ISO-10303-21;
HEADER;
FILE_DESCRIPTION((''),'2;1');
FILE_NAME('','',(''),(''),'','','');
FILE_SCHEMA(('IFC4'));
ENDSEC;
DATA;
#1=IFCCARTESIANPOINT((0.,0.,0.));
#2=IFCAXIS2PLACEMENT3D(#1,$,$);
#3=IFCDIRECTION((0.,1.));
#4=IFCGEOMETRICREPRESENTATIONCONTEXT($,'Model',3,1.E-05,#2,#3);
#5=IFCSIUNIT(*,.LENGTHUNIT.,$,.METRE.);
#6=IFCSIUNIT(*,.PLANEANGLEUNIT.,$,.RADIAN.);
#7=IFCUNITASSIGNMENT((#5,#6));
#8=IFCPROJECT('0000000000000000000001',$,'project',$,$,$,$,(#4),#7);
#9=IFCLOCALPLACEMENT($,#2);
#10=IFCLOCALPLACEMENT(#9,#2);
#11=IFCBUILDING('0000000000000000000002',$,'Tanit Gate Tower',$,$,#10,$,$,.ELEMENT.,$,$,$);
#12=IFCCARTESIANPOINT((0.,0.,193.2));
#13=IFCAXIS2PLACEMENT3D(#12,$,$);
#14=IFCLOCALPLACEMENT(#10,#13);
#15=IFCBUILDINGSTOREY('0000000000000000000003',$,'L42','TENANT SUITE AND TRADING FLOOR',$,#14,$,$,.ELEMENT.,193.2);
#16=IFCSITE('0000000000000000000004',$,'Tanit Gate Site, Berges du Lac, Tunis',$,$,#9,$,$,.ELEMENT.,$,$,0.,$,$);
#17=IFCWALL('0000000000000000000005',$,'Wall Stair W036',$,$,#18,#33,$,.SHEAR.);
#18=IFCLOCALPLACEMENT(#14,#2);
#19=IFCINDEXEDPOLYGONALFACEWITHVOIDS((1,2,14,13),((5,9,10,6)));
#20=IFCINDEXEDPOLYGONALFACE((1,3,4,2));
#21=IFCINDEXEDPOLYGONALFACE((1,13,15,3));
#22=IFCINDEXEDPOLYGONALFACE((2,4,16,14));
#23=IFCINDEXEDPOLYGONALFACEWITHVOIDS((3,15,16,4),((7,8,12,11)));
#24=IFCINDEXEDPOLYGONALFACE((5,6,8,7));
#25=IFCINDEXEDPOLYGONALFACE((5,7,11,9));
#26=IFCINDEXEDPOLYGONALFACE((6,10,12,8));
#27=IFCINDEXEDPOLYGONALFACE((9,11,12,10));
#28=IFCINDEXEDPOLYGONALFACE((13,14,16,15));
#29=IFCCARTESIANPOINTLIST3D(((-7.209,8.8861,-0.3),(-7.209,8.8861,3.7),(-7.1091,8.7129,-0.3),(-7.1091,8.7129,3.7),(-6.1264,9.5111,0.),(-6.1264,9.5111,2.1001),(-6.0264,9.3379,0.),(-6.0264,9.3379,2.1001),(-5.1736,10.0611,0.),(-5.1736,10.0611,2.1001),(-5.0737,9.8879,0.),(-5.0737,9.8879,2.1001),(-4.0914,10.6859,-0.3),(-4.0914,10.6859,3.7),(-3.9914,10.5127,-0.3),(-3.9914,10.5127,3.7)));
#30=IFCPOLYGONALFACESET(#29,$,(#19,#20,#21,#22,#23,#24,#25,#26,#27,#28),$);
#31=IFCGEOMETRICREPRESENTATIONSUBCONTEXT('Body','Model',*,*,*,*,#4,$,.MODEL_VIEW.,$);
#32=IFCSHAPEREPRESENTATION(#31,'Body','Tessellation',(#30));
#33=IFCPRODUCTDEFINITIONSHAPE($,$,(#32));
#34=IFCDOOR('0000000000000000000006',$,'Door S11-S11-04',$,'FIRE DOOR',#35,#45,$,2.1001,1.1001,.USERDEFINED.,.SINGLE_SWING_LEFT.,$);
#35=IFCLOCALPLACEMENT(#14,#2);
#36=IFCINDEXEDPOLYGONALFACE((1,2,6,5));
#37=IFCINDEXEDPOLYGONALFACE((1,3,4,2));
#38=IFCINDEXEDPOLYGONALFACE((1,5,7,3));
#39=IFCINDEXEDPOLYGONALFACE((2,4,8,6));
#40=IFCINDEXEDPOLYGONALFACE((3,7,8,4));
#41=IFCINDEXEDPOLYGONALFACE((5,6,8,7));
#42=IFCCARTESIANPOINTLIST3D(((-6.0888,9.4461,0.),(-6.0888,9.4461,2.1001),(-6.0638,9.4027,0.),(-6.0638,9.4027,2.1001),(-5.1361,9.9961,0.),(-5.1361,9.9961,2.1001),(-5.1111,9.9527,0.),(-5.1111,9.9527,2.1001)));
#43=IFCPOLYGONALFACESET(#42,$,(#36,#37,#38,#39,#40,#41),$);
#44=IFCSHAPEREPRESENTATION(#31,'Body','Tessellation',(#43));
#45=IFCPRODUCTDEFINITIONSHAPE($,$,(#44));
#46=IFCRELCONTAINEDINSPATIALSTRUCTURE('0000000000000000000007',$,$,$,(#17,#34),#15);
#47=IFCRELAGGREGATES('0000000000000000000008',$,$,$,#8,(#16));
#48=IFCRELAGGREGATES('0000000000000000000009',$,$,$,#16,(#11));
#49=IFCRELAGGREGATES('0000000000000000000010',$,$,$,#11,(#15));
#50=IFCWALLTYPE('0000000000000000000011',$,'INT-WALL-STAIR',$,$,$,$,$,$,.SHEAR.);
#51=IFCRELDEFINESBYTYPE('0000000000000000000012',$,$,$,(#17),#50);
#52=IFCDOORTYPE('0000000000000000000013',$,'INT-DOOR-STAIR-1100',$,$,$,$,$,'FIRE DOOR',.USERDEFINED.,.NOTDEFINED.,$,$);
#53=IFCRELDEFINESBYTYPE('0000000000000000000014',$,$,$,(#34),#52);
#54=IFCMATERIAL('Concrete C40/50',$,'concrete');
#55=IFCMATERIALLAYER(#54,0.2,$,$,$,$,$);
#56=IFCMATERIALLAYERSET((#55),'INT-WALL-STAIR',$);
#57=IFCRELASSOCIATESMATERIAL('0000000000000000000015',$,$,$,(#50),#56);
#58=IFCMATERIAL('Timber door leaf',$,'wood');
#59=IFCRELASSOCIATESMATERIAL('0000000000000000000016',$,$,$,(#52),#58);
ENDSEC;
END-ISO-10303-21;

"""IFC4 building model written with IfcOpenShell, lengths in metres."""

from ifc_helpers import new_model, si_unit, direction, frame, frame_2d, origin, place, context, subcontext, project, spatial, rectangle, extrude, material, layer, layer_set, type_object, element, fill, save


model = new_model("IFC4")

# Units and contexts
model_context = context("Model", 3, precision=1e-05, world=origin(), true_north=direction((0.0, 1.0)))
body_context = subcontext(model_context, "Body", "Model", "MODEL_VIEW")
ifc_project = project(units=[si_unit("LENGTHUNIT", "METRE"), si_unit("PLANEANGLEUNIT", "RADIAN")], contexts=[model_context])

# Site, building, storey
site_placement = place(None, origin())
site = spatial("IfcSite", under=ifc_project, at=site_placement, Name="Tanit Gate Site, Berges du Lac, Tunis", CompositionType="ELEMENT", RefElevation=0.0)
building_placement = place(site_placement, origin())
building = spatial("IfcBuilding", under=site, at=building_placement, Name="Tanit Gate Tower", CompositionType="ELEMENT")
storey_placement = place(building_placement, frame((0.0, 0.0, 193.2)))
storey = spatial("IfcBuildingStorey", under=building, at=storey_placement, Name="L42", Description="TENANT SUITE AND TRADING FLOOR", CompositionType="ELEMENT", Elevation=193.2)

# Wall, opening, door
ifc_material_1 = material(Name="Concrete C40/50", Category="concrete")
ifc_layer_1 = layer(ifc_material_1, 0.2)
ifc_layer_set_1 = layer_set([ifc_layer_1], Name="INT-WALL-STAIR")
wall_type_1 = type_object("IfcWallType", Name="INT-WALL-STAIR", PredefinedType="SHEAR", material=ifc_layer_set_1)
wall_1_placement = place(storey_placement, frame((-7.1589, 8.7996, -0.3), z_axis=(0.0, 0.0, 1.0), x_axis=(0.866048, 0.499961, 0.0)))
wall_1 = element("IfcWall", 1, at=wall_1_placement, inside=storey, type_object=wall_type_1, Name="Wall Stair W036", PredefinedType="SHEAR", context=body_context, shape_type="SweptSolid", body=[
    extrude(rectangle(XDim=3.5999, YDim=0.2, at=frame_2d((1.7998, 0.0))), origin(), (0.0, 0.0, 1.0), 4.0),
])
opening_1_placement = place(wall_1_placement, frame((1.25, 0.0, 0.3)))
opening_1 = element("IfcOpeningElement", 2, at=opening_1_placement, cuts=wall_1, PredefinedType="OPENING", context=body_context, shape_type="SweptSolid", body=[
    extrude(rectangle(XDim=1.1001, YDim=2.1001, at=frame_2d((0.55, 1.05))), frame((0.0, 0.1099, 0.0), z_axis=(0.0, -1.0, 0.0), x_axis=(1.0, 0.0, 0.0)), (0.0, 0.0, 1.0), 0.22),
])
ifc_material_2 = material(Name="Timber door leaf", Category="wood")
door_type_1 = type_object("IfcDoorType", Name="INT-DOOR-STAIR-1100", ElementType="FIRE DOOR", OperationType="NOTDEFINED", PredefinedType="USERDEFINED", material=ifc_material_2)
door_1_placement = place(opening_1_placement, origin())
door_1 = element("IfcDoor", 3, at=door_1_placement, inside=storey, type_object=door_type_1, Name="Door S11-S11-04", ObjectType="FIRE DOOR", OperationType="SINGLE_SWING_LEFT", OverallHeight=2.1001, OverallWidth=1.1001, PredefinedType="USERDEFINED", context=body_context, shape_type="SweptSolid", body=[
    extrude(rectangle(XDim=1.1001, YDim=2.1001, at=frame_2d((0.55, 1.05))), frame((0.0, 0.0249, 0.0), z_axis=(0.0, -1.0, 0.0), x_axis=(1.0, 0.0, 0.0)), (0.0, 0.0, 1.0), 0.05),
])
fill(opening_1, door_1)

save(model, "model.ifc")
